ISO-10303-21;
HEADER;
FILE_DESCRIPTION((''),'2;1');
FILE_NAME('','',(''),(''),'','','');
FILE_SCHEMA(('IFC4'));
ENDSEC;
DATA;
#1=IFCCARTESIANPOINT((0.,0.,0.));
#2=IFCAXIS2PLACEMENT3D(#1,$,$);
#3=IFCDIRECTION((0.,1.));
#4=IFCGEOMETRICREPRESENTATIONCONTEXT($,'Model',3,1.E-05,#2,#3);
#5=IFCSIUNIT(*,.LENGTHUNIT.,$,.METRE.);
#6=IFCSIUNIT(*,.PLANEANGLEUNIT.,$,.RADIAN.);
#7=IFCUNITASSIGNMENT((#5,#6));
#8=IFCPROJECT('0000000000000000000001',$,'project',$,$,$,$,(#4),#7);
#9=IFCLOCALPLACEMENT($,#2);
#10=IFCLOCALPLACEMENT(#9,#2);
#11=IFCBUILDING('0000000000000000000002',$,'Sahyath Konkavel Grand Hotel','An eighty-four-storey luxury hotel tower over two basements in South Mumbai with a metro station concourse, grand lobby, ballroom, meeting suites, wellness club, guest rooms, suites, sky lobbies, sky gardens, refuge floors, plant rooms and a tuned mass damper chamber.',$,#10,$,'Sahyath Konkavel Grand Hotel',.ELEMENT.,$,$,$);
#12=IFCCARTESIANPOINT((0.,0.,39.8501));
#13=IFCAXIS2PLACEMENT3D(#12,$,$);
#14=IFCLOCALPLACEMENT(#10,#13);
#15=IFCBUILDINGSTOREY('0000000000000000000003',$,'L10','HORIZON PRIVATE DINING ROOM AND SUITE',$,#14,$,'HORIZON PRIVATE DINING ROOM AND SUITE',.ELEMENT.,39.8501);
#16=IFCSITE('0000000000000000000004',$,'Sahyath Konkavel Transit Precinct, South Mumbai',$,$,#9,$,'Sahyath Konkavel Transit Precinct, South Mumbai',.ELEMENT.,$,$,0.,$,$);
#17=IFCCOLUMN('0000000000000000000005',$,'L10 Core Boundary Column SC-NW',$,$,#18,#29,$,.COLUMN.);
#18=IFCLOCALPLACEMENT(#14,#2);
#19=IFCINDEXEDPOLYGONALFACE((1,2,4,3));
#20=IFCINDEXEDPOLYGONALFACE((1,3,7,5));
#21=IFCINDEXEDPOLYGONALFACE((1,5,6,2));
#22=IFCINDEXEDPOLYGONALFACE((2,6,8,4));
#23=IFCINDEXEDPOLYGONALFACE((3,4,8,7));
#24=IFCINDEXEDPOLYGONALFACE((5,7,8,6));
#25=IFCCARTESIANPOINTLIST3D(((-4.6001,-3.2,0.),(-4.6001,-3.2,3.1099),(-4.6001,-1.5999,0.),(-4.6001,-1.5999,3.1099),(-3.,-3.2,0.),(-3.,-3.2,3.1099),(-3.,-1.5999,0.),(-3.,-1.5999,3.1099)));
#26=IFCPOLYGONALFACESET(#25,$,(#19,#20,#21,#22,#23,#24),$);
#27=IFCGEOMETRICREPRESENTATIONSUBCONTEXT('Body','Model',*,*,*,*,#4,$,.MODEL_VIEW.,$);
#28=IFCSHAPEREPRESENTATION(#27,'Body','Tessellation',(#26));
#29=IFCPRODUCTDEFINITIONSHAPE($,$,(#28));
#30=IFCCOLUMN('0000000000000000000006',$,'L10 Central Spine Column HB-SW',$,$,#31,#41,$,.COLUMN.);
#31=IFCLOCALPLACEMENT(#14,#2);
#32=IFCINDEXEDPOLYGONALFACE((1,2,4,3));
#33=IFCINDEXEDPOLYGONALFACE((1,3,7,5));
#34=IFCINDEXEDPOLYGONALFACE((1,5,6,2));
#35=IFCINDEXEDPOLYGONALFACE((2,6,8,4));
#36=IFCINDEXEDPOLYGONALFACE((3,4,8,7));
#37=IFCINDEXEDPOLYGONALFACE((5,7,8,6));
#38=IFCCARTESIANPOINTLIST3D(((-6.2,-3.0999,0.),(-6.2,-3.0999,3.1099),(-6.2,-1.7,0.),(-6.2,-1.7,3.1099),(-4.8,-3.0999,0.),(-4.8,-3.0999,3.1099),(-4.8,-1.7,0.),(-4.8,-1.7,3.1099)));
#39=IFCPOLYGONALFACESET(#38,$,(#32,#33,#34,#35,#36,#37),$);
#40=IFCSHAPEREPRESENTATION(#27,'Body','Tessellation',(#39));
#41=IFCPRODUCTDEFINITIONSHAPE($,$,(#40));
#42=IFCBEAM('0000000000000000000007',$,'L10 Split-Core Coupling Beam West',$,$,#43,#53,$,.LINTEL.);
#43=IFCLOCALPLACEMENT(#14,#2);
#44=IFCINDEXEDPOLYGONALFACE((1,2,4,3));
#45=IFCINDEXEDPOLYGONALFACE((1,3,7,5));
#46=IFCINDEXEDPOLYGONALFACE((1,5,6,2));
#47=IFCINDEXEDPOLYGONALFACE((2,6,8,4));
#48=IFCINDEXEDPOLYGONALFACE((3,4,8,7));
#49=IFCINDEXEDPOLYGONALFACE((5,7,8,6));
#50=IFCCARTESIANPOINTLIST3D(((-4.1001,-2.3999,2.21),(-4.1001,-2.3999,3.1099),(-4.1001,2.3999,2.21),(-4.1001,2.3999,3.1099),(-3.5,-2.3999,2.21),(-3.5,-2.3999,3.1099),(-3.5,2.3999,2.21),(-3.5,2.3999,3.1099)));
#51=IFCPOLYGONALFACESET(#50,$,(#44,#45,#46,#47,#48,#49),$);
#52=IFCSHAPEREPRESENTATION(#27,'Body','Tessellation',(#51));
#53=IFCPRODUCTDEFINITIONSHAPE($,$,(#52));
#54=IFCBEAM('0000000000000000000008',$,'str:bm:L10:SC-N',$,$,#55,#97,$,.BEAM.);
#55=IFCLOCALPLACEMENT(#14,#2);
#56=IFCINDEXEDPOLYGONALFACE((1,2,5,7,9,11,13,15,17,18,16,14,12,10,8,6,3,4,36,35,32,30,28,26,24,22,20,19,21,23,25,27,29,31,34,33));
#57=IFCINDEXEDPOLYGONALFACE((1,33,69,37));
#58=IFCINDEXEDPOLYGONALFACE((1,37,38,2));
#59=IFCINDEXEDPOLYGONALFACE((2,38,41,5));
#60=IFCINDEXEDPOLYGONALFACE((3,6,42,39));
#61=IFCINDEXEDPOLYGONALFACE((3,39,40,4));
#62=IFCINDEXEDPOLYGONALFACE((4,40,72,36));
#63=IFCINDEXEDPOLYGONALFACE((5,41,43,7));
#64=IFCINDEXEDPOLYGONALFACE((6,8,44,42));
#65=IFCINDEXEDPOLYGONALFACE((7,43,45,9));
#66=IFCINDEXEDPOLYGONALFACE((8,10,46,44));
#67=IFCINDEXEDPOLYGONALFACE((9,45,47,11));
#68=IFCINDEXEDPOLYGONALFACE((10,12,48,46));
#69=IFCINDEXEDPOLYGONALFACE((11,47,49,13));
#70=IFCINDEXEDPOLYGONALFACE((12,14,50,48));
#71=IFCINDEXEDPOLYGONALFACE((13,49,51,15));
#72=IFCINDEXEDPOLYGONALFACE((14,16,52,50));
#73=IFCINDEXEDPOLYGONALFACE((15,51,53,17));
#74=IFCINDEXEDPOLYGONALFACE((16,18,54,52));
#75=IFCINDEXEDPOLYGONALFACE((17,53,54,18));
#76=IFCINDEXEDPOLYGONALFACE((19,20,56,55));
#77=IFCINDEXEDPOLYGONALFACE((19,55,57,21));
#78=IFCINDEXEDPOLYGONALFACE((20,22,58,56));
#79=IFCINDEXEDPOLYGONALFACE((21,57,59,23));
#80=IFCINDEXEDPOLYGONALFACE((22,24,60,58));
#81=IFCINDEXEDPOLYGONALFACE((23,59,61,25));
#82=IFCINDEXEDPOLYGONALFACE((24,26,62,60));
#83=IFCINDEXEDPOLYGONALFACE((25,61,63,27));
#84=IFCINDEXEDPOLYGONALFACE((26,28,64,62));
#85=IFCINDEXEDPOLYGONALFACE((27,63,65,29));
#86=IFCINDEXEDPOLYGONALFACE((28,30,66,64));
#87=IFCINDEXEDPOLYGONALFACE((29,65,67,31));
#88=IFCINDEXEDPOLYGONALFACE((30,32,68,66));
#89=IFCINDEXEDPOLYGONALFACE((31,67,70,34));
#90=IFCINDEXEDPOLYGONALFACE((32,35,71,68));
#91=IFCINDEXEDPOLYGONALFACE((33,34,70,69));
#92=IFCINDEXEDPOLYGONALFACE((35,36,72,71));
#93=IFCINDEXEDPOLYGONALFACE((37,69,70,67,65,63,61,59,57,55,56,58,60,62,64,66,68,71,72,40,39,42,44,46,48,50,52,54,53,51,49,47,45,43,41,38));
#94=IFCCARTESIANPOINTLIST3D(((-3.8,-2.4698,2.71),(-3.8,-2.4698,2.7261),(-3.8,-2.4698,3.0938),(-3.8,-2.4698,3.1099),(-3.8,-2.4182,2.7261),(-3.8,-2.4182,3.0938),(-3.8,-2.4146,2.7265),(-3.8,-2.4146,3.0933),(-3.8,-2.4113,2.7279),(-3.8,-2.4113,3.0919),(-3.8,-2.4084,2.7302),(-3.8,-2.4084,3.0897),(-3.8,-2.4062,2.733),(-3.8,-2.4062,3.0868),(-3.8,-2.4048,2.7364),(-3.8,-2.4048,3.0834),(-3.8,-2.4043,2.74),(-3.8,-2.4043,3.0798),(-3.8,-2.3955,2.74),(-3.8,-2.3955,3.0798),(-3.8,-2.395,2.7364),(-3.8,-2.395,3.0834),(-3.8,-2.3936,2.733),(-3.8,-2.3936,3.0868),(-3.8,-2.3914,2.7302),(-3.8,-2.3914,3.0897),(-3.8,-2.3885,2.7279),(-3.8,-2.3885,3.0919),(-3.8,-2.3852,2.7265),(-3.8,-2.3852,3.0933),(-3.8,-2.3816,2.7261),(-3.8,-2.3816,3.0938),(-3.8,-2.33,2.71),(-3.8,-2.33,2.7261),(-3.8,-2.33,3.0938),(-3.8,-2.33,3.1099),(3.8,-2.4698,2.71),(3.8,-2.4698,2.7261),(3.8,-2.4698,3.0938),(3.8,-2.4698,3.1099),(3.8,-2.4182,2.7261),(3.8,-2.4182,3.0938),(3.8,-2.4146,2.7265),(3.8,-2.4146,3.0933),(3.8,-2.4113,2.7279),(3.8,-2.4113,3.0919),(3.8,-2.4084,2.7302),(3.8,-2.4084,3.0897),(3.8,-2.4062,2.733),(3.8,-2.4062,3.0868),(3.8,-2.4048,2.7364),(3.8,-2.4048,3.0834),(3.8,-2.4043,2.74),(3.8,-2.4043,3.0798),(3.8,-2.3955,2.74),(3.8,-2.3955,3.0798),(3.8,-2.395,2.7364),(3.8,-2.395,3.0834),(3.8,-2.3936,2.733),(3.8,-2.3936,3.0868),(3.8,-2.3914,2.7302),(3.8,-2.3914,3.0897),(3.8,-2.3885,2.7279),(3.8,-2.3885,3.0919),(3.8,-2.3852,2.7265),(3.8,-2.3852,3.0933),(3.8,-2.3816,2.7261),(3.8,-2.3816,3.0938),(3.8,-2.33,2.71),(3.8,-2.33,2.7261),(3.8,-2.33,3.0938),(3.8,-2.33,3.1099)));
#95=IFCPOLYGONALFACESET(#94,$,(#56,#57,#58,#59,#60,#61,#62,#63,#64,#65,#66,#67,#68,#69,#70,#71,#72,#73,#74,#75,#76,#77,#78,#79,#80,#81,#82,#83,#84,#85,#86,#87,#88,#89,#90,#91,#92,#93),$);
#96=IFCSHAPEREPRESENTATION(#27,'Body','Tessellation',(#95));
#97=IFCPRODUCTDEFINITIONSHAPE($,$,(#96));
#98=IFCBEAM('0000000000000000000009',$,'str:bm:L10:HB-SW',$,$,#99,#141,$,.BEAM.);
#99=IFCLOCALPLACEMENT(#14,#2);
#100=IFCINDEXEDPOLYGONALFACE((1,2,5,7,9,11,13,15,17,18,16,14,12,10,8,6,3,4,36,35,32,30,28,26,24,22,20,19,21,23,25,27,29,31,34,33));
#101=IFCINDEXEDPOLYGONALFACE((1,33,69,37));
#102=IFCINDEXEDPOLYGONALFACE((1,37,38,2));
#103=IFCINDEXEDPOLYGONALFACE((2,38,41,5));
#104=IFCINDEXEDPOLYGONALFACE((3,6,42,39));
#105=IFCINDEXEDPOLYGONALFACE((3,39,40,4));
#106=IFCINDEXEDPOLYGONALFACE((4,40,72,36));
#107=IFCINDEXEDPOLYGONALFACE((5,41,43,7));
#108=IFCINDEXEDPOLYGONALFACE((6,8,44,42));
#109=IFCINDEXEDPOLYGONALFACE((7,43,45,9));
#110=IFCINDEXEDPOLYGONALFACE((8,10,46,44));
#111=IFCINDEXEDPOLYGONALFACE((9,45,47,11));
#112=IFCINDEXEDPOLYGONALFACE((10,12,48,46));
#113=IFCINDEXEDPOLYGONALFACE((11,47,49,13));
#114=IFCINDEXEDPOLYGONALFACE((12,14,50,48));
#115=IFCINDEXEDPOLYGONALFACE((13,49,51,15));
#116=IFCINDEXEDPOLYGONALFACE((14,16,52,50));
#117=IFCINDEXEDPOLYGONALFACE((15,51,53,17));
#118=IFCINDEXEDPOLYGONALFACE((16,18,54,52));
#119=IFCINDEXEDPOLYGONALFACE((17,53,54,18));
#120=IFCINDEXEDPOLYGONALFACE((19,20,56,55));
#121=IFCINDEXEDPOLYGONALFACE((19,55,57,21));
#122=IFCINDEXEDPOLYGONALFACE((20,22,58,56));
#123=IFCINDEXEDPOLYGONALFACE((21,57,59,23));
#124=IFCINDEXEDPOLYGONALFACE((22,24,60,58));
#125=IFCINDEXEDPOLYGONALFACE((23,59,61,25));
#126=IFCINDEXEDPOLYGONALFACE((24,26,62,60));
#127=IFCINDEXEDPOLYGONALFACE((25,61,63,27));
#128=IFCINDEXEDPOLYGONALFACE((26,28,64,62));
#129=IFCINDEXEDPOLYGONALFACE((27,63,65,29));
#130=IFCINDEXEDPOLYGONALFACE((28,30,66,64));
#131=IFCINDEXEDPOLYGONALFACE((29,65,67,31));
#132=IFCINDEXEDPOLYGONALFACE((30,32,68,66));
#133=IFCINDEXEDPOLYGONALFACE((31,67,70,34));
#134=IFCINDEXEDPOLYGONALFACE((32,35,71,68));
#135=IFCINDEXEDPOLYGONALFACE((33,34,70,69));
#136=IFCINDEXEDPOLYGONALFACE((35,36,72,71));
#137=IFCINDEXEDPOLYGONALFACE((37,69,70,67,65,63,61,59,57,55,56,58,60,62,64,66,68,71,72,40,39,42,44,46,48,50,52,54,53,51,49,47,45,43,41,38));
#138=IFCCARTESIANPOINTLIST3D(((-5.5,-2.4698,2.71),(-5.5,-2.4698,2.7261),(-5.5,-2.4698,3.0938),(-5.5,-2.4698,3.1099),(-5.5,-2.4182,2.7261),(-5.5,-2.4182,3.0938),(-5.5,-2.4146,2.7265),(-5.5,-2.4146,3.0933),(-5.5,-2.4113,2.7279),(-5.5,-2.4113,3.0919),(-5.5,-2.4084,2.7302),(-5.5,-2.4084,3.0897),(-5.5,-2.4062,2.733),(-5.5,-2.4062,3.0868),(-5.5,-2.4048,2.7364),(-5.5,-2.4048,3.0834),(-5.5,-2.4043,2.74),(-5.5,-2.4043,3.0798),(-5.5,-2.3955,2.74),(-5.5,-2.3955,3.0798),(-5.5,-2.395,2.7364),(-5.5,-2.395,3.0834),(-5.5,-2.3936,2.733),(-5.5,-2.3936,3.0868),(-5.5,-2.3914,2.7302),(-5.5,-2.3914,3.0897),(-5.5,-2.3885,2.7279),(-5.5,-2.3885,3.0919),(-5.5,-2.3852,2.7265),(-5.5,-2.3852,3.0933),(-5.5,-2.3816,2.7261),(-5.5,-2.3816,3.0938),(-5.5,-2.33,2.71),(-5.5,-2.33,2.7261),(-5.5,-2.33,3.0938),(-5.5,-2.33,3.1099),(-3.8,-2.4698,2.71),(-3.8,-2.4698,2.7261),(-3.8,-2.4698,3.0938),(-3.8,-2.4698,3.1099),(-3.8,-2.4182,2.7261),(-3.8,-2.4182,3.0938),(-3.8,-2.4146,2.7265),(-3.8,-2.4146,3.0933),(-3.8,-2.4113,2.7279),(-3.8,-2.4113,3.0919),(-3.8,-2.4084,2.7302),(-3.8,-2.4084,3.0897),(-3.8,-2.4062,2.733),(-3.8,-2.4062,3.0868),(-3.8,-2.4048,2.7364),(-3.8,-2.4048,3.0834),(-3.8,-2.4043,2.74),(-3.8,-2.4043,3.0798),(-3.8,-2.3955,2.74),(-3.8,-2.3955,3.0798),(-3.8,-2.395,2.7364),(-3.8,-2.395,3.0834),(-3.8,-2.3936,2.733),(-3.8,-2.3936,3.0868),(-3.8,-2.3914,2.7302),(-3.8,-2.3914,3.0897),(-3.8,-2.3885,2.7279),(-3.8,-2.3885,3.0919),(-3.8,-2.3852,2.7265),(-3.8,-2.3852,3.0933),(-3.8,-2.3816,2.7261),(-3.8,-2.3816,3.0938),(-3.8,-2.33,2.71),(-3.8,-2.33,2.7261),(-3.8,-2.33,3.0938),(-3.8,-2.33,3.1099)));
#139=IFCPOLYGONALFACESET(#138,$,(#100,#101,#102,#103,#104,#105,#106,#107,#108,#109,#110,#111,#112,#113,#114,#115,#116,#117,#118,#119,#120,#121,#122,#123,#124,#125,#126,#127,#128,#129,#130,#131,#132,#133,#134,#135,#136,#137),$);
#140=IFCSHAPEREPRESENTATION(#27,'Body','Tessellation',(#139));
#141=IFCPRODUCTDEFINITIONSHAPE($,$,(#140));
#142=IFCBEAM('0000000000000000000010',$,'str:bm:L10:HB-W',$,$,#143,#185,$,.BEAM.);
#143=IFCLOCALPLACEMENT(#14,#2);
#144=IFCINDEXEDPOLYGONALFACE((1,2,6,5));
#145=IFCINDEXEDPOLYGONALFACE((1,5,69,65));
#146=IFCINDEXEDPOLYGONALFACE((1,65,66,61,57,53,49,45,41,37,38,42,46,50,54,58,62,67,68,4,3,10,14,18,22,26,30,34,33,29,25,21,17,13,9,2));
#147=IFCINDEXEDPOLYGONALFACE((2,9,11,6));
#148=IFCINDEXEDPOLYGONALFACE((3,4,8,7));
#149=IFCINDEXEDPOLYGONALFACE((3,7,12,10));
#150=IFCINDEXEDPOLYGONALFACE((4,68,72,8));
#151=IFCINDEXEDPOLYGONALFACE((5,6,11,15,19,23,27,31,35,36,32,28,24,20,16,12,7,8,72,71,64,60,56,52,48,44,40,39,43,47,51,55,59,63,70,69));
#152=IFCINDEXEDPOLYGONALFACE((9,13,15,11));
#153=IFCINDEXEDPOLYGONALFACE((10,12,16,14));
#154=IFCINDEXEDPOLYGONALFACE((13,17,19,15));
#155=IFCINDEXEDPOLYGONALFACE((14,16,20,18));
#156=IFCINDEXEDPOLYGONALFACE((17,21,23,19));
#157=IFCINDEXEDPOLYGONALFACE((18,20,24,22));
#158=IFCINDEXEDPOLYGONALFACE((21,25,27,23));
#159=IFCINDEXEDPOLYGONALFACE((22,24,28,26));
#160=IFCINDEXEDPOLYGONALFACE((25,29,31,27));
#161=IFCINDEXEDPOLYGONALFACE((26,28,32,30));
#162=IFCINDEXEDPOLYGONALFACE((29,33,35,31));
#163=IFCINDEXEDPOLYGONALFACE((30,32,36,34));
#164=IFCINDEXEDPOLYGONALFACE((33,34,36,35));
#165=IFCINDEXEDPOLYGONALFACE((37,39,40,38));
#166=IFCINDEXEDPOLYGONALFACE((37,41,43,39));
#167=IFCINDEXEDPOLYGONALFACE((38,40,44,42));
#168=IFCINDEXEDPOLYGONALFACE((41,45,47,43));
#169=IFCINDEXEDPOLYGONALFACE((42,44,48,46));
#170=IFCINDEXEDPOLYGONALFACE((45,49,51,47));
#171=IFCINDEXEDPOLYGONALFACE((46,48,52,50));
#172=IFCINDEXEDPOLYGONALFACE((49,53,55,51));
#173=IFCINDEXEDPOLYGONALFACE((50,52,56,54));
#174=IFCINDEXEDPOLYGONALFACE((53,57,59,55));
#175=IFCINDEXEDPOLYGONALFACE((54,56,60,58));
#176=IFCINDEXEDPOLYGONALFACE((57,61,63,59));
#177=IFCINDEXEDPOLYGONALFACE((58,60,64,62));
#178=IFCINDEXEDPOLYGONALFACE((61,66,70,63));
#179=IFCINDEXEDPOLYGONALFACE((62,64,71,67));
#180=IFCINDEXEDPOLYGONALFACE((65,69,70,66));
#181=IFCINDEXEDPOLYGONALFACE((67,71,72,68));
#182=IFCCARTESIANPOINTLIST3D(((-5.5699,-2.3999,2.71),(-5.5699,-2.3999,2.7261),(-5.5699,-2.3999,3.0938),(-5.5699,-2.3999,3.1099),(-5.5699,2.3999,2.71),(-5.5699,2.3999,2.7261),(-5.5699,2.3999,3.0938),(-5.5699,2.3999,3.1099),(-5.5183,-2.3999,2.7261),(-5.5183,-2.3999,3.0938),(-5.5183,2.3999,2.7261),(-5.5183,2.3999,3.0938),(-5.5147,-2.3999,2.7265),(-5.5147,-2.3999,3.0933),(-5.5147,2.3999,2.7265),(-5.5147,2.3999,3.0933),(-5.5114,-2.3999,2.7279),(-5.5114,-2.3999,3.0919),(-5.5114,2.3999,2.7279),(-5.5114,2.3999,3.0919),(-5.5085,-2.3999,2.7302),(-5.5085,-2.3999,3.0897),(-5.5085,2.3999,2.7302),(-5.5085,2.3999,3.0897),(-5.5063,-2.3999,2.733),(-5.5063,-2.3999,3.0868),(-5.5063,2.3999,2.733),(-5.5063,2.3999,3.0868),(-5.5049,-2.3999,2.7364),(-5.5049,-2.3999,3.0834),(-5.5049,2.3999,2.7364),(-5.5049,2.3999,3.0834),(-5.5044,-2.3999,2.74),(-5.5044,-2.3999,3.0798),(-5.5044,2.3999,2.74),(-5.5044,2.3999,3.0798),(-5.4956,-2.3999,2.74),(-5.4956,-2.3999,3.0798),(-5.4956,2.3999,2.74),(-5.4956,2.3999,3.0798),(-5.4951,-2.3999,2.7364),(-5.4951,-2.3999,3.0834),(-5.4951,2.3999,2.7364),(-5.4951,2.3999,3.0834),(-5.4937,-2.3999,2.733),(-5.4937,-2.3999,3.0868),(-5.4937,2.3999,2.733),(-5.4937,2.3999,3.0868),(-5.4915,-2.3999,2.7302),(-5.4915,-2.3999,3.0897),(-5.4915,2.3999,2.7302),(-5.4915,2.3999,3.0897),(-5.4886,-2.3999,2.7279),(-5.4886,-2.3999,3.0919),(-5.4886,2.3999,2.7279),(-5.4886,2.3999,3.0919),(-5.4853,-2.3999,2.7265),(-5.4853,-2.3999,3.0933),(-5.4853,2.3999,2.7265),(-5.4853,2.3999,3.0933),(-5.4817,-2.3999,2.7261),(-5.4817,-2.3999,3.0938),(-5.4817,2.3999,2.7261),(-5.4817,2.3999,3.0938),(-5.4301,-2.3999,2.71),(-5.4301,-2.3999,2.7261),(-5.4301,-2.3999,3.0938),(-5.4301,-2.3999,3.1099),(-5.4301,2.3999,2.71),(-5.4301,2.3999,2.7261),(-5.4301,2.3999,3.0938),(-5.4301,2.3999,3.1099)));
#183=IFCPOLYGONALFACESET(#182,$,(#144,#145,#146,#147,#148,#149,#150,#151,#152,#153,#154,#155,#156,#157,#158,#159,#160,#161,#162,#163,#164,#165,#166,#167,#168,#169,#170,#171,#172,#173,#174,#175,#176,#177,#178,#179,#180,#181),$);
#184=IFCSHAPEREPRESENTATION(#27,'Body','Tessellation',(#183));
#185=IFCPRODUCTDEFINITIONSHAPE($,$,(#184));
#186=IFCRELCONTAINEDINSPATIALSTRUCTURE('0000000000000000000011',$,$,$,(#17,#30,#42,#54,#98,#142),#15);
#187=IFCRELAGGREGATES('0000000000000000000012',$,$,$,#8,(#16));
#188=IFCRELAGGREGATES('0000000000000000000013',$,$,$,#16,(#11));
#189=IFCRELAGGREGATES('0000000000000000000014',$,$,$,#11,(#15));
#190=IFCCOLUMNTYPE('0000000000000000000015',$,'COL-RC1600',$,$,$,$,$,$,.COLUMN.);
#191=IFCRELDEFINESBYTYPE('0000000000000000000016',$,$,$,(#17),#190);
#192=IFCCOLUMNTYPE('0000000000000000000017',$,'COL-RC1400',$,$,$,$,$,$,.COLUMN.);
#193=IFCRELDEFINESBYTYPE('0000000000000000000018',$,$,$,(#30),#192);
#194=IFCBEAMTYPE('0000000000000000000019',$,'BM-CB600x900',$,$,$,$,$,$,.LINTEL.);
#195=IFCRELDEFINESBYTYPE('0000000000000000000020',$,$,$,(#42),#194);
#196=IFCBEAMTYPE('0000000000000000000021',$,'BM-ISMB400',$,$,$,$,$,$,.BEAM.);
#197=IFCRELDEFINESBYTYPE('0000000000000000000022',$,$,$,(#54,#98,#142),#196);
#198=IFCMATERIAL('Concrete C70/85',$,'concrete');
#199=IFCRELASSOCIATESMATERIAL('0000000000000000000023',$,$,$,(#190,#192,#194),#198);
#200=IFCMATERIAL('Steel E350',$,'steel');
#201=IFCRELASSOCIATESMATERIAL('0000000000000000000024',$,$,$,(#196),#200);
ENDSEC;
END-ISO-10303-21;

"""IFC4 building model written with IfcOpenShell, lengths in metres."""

from ifc_helpers import new_model, si_unit, direction, frame, origin, origin_2d, place, context, subcontext, project, spatial, rectangle, i_section, extrude, source, transform, mapped, material, material_profile, profile_set, type_object, element, save


model = new_model("IFC4")

# Units and contexts
model_context = context("Model", 3, precision=1e-05, world=origin(), true_north=direction((0.0, 1.0)))
body_context = subcontext(model_context, "Body", "Model", "MODEL_VIEW")
ifc_project = project(units=[si_unit("LENGTHUNIT", "METRE"), si_unit("PLANEANGLEUNIT", "RADIAN")], contexts=[model_context])

# Site, building, storey
site_placement = place(None, origin())
site = spatial("IfcSite", under=ifc_project, at=site_placement, Name="Sahyath Konkavel Transit Precinct, South Mumbai", LongName="Sahyath Konkavel Transit Precinct, South Mumbai", CompositionType="ELEMENT", RefElevation=0.0)
building_placement = place(site_placement, origin())
building = spatial("IfcBuilding", under=site, at=building_placement, Name="Sahyath Konkavel Grand Hotel", Description="An eighty-four-storey luxury hotel tower over two basements in South Mumbai with a metro station concourse, grand lobby, ballroom, meeting suites, wellness club, guest rooms, suites, sky lobbies, sky gardens, refuge floors, plant rooms and a tuned mass damper chamber.", LongName="Sahyath Konkavel Grand Hotel", CompositionType="ELEMENT")
storey_placement = place(building_placement, frame((0.0, 0.0, 39.8501)))
storey = spatial("IfcBuildingStorey", under=building, at=storey_placement, Name="L10", Description="HORIZON PRIVATE DINING ROOM AND SUITE", LongName="HORIZON PRIVATE DINING ROOM AND SUITE", CompositionType="ELEMENT", Elevation=39.8501)

# Columns
ifc_material_1 = material(Name="Concrete C70/85", Category="concrete")
ifc_material_profile_1 = material_profile(ifc_material_1, rectangle(XDim=1.6001, YDim=1.6001, at=origin_2d()), Name="RC 1600x1600")
ifc_profile_set_1 = profile_set([ifc_material_profile_1], Name="Concrete C70/85")
column_type_1 = type_object("IfcColumnType", Name="COL-RC1600", PredefinedType="COLUMN", material=ifc_profile_set_1)
shared_shape_1 = source(origin(), body_context, "Body", "SweptSolid", [
    extrude(rectangle(XDim=1.6001, YDim=1.6001, at=origin_2d()), origin(), (0.0, 0.0, 1.0), 3.1099),
])
column_1_placement = place(storey_placement, frame((-3.8, -2.3999, 0.0), z_axis=(0.0, 0.0, 1.0), x_axis=(1.0, 0.0, 0.0)))
element("IfcColumn", 1, at=column_1_placement, inside=storey, type_object=column_type_1, Name="L10 Core Boundary Column SC-NW", PredefinedType="COLUMN", context=body_context, shape_type="MappedRepresentation", body=[
    mapped(shared_shape_1, transform((0.0, 0.0, 0.0), scale=1.0)),
])
ifc_material_profile_2 = material_profile(ifc_material_1, rectangle(XDim=1.3999, YDim=1.3999, at=origin_2d()), Name="RC 1400x1400")
ifc_profile_set_2 = profile_set([ifc_material_profile_2], Name="Concrete C70/85")
column_type_2 = type_object("IfcColumnType", Name="COL-RC1400", PredefinedType="COLUMN", material=ifc_profile_set_2)
shared_shape_2 = source(origin(), body_context, "Body", "SweptSolid", [
    extrude(rectangle(XDim=1.3999, YDim=1.3999, at=origin_2d()), origin(), (0.0, 0.0, 1.0), 3.1099),
])
column_2_placement = place(storey_placement, frame((-5.5, -2.3999, 0.0), z_axis=(0.0, 0.0, 1.0), x_axis=(1.0, 0.0, 0.0)))
element("IfcColumn", 2, at=column_2_placement, inside=storey, type_object=column_type_2, Name="L10 Central Spine Column HB-SW", PredefinedType="COLUMN", context=body_context, shape_type="MappedRepresentation", body=[
    mapped(shared_shape_2, transform((0.0, 0.0, 0.0), scale=1.0)),
])

# Beams
ifc_material_profile_3 = material_profile(ifc_material_1, rectangle(XDim=0.6001, YDim=0.8999, at=origin_2d()), Name="RC 600x900")
ifc_profile_set_3 = profile_set([ifc_material_profile_3], Name="Concrete C70/85")
beam_type_1 = type_object("IfcBeamType", Name="BM-CB600x900", PredefinedType="LINTEL", material=ifc_profile_set_3)
shared_shape_3 = source(origin(), body_context, "Body", "SweptSolid", [
    extrude(rectangle(XDim=0.6001, YDim=0.8999, at=origin_2d()), origin(), (0.0, 0.0, 1.0), 4.7998),
])
beam_1_placement = place(storey_placement, frame((-3.8, -2.3999, 2.6599), z_axis=(0.0, 1.0, 0.0), x_axis=(-1.0, 0.0, 0.0)))
element("IfcBeam", 3, at=beam_1_placement, inside=storey, type_object=beam_type_1, Name="L10 Split-Core Coupling Beam West", PredefinedType="LINTEL", context=body_context, shape_type="MappedRepresentation", body=[
    mapped(shared_shape_3, transform((0.0, 0.0, 0.0), scale=1.0)),
])
ifc_material_2 = material(Name="Steel E350", Category="steel")
ifc_material_profile_4 = material_profile(ifc_material_2, i_section(OverallWidth=0.1399, OverallDepth=0.3999, WebThickness=0.0088, FlangeThickness=0.0161, FilletRadius=0.0139, at=origin_2d()), Name="ISMB 400")
ifc_profile_set_4 = profile_set([ifc_material_profile_4], Name="Steel E350")
beam_type_2 = type_object("IfcBeamType", Name="BM-ISMB400", PredefinedType="BEAM", material=ifc_profile_set_4)
shared_shape_4 = source(origin(), body_context, "Body", "SweptSolid", [
    extrude(i_section(OverallWidth=0.1399, OverallDepth=0.3999, WebThickness=0.0088, FlangeThickness=0.0161, FilletRadius=0.0139, at=origin_2d()), origin(), (0.0, 0.0, 1.0), 7.6001),
])
beam_2_placement = place(storey_placement, frame((-3.8, -2.3999, 2.9099), z_axis=(1.0, 0.0, 0.0), x_axis=(0.0, 1.0, 0.0)))
element("IfcBeam", 4, at=beam_2_placement, inside=storey, type_object=beam_type_2, Name="str:bm:L10:SC-N", PredefinedType="BEAM", context=body_context, shape_type="MappedRepresentation", body=[
    mapped(shared_shape_4, transform((0.0, 0.0, 0.0), scale=1.0)),
])
shared_shape_5 = source(origin(), body_context, "Body", "SweptSolid", [
    extrude(i_section(OverallWidth=0.1399, OverallDepth=0.3999, WebThickness=0.0088, FlangeThickness=0.0161, FilletRadius=0.0139, at=origin_2d()), origin(), (0.0, 0.0, 1.0), 1.7),
])
beam_3_placement = place(storey_placement, frame((-5.5, -2.3999, 2.9099), z_axis=(1.0, 0.0, 0.0), x_axis=(0.0, 1.0, 0.0)))
element("IfcBeam", 5, at=beam_3_placement, inside=storey, type_object=beam_type_2, Name="str:bm:L10:HB-SW", PredefinedType="BEAM", context=body_context, shape_type="MappedRepresentation", body=[
    mapped(shared_shape_5, transform((0.0, 0.0, 0.0), scale=1.0)),
])
shared_shape_6 = source(origin(), body_context, "Body", "SweptSolid", [
    extrude(i_section(OverallWidth=0.1399, OverallDepth=0.3999, WebThickness=0.0088, FlangeThickness=0.0161, FilletRadius=0.0139, at=origin_2d()), origin(), (0.0, 0.0, 1.0), 4.7998),
])
beam_4_placement = place(storey_placement, frame((-5.5, -2.3999, 2.9099), z_axis=(0.0, 1.0, 0.0), x_axis=(-1.0, 0.0, 0.0)))
element("IfcBeam", 6, at=beam_4_placement, inside=storey, type_object=beam_type_2, Name="str:bm:L10:HB-W", PredefinedType="BEAM", context=body_context, shape_type="MappedRepresentation", body=[
    mapped(shared_shape_6, transform((0.0, 0.0, 0.0), scale=1.0)),
])

save(model, "model.ifc")
